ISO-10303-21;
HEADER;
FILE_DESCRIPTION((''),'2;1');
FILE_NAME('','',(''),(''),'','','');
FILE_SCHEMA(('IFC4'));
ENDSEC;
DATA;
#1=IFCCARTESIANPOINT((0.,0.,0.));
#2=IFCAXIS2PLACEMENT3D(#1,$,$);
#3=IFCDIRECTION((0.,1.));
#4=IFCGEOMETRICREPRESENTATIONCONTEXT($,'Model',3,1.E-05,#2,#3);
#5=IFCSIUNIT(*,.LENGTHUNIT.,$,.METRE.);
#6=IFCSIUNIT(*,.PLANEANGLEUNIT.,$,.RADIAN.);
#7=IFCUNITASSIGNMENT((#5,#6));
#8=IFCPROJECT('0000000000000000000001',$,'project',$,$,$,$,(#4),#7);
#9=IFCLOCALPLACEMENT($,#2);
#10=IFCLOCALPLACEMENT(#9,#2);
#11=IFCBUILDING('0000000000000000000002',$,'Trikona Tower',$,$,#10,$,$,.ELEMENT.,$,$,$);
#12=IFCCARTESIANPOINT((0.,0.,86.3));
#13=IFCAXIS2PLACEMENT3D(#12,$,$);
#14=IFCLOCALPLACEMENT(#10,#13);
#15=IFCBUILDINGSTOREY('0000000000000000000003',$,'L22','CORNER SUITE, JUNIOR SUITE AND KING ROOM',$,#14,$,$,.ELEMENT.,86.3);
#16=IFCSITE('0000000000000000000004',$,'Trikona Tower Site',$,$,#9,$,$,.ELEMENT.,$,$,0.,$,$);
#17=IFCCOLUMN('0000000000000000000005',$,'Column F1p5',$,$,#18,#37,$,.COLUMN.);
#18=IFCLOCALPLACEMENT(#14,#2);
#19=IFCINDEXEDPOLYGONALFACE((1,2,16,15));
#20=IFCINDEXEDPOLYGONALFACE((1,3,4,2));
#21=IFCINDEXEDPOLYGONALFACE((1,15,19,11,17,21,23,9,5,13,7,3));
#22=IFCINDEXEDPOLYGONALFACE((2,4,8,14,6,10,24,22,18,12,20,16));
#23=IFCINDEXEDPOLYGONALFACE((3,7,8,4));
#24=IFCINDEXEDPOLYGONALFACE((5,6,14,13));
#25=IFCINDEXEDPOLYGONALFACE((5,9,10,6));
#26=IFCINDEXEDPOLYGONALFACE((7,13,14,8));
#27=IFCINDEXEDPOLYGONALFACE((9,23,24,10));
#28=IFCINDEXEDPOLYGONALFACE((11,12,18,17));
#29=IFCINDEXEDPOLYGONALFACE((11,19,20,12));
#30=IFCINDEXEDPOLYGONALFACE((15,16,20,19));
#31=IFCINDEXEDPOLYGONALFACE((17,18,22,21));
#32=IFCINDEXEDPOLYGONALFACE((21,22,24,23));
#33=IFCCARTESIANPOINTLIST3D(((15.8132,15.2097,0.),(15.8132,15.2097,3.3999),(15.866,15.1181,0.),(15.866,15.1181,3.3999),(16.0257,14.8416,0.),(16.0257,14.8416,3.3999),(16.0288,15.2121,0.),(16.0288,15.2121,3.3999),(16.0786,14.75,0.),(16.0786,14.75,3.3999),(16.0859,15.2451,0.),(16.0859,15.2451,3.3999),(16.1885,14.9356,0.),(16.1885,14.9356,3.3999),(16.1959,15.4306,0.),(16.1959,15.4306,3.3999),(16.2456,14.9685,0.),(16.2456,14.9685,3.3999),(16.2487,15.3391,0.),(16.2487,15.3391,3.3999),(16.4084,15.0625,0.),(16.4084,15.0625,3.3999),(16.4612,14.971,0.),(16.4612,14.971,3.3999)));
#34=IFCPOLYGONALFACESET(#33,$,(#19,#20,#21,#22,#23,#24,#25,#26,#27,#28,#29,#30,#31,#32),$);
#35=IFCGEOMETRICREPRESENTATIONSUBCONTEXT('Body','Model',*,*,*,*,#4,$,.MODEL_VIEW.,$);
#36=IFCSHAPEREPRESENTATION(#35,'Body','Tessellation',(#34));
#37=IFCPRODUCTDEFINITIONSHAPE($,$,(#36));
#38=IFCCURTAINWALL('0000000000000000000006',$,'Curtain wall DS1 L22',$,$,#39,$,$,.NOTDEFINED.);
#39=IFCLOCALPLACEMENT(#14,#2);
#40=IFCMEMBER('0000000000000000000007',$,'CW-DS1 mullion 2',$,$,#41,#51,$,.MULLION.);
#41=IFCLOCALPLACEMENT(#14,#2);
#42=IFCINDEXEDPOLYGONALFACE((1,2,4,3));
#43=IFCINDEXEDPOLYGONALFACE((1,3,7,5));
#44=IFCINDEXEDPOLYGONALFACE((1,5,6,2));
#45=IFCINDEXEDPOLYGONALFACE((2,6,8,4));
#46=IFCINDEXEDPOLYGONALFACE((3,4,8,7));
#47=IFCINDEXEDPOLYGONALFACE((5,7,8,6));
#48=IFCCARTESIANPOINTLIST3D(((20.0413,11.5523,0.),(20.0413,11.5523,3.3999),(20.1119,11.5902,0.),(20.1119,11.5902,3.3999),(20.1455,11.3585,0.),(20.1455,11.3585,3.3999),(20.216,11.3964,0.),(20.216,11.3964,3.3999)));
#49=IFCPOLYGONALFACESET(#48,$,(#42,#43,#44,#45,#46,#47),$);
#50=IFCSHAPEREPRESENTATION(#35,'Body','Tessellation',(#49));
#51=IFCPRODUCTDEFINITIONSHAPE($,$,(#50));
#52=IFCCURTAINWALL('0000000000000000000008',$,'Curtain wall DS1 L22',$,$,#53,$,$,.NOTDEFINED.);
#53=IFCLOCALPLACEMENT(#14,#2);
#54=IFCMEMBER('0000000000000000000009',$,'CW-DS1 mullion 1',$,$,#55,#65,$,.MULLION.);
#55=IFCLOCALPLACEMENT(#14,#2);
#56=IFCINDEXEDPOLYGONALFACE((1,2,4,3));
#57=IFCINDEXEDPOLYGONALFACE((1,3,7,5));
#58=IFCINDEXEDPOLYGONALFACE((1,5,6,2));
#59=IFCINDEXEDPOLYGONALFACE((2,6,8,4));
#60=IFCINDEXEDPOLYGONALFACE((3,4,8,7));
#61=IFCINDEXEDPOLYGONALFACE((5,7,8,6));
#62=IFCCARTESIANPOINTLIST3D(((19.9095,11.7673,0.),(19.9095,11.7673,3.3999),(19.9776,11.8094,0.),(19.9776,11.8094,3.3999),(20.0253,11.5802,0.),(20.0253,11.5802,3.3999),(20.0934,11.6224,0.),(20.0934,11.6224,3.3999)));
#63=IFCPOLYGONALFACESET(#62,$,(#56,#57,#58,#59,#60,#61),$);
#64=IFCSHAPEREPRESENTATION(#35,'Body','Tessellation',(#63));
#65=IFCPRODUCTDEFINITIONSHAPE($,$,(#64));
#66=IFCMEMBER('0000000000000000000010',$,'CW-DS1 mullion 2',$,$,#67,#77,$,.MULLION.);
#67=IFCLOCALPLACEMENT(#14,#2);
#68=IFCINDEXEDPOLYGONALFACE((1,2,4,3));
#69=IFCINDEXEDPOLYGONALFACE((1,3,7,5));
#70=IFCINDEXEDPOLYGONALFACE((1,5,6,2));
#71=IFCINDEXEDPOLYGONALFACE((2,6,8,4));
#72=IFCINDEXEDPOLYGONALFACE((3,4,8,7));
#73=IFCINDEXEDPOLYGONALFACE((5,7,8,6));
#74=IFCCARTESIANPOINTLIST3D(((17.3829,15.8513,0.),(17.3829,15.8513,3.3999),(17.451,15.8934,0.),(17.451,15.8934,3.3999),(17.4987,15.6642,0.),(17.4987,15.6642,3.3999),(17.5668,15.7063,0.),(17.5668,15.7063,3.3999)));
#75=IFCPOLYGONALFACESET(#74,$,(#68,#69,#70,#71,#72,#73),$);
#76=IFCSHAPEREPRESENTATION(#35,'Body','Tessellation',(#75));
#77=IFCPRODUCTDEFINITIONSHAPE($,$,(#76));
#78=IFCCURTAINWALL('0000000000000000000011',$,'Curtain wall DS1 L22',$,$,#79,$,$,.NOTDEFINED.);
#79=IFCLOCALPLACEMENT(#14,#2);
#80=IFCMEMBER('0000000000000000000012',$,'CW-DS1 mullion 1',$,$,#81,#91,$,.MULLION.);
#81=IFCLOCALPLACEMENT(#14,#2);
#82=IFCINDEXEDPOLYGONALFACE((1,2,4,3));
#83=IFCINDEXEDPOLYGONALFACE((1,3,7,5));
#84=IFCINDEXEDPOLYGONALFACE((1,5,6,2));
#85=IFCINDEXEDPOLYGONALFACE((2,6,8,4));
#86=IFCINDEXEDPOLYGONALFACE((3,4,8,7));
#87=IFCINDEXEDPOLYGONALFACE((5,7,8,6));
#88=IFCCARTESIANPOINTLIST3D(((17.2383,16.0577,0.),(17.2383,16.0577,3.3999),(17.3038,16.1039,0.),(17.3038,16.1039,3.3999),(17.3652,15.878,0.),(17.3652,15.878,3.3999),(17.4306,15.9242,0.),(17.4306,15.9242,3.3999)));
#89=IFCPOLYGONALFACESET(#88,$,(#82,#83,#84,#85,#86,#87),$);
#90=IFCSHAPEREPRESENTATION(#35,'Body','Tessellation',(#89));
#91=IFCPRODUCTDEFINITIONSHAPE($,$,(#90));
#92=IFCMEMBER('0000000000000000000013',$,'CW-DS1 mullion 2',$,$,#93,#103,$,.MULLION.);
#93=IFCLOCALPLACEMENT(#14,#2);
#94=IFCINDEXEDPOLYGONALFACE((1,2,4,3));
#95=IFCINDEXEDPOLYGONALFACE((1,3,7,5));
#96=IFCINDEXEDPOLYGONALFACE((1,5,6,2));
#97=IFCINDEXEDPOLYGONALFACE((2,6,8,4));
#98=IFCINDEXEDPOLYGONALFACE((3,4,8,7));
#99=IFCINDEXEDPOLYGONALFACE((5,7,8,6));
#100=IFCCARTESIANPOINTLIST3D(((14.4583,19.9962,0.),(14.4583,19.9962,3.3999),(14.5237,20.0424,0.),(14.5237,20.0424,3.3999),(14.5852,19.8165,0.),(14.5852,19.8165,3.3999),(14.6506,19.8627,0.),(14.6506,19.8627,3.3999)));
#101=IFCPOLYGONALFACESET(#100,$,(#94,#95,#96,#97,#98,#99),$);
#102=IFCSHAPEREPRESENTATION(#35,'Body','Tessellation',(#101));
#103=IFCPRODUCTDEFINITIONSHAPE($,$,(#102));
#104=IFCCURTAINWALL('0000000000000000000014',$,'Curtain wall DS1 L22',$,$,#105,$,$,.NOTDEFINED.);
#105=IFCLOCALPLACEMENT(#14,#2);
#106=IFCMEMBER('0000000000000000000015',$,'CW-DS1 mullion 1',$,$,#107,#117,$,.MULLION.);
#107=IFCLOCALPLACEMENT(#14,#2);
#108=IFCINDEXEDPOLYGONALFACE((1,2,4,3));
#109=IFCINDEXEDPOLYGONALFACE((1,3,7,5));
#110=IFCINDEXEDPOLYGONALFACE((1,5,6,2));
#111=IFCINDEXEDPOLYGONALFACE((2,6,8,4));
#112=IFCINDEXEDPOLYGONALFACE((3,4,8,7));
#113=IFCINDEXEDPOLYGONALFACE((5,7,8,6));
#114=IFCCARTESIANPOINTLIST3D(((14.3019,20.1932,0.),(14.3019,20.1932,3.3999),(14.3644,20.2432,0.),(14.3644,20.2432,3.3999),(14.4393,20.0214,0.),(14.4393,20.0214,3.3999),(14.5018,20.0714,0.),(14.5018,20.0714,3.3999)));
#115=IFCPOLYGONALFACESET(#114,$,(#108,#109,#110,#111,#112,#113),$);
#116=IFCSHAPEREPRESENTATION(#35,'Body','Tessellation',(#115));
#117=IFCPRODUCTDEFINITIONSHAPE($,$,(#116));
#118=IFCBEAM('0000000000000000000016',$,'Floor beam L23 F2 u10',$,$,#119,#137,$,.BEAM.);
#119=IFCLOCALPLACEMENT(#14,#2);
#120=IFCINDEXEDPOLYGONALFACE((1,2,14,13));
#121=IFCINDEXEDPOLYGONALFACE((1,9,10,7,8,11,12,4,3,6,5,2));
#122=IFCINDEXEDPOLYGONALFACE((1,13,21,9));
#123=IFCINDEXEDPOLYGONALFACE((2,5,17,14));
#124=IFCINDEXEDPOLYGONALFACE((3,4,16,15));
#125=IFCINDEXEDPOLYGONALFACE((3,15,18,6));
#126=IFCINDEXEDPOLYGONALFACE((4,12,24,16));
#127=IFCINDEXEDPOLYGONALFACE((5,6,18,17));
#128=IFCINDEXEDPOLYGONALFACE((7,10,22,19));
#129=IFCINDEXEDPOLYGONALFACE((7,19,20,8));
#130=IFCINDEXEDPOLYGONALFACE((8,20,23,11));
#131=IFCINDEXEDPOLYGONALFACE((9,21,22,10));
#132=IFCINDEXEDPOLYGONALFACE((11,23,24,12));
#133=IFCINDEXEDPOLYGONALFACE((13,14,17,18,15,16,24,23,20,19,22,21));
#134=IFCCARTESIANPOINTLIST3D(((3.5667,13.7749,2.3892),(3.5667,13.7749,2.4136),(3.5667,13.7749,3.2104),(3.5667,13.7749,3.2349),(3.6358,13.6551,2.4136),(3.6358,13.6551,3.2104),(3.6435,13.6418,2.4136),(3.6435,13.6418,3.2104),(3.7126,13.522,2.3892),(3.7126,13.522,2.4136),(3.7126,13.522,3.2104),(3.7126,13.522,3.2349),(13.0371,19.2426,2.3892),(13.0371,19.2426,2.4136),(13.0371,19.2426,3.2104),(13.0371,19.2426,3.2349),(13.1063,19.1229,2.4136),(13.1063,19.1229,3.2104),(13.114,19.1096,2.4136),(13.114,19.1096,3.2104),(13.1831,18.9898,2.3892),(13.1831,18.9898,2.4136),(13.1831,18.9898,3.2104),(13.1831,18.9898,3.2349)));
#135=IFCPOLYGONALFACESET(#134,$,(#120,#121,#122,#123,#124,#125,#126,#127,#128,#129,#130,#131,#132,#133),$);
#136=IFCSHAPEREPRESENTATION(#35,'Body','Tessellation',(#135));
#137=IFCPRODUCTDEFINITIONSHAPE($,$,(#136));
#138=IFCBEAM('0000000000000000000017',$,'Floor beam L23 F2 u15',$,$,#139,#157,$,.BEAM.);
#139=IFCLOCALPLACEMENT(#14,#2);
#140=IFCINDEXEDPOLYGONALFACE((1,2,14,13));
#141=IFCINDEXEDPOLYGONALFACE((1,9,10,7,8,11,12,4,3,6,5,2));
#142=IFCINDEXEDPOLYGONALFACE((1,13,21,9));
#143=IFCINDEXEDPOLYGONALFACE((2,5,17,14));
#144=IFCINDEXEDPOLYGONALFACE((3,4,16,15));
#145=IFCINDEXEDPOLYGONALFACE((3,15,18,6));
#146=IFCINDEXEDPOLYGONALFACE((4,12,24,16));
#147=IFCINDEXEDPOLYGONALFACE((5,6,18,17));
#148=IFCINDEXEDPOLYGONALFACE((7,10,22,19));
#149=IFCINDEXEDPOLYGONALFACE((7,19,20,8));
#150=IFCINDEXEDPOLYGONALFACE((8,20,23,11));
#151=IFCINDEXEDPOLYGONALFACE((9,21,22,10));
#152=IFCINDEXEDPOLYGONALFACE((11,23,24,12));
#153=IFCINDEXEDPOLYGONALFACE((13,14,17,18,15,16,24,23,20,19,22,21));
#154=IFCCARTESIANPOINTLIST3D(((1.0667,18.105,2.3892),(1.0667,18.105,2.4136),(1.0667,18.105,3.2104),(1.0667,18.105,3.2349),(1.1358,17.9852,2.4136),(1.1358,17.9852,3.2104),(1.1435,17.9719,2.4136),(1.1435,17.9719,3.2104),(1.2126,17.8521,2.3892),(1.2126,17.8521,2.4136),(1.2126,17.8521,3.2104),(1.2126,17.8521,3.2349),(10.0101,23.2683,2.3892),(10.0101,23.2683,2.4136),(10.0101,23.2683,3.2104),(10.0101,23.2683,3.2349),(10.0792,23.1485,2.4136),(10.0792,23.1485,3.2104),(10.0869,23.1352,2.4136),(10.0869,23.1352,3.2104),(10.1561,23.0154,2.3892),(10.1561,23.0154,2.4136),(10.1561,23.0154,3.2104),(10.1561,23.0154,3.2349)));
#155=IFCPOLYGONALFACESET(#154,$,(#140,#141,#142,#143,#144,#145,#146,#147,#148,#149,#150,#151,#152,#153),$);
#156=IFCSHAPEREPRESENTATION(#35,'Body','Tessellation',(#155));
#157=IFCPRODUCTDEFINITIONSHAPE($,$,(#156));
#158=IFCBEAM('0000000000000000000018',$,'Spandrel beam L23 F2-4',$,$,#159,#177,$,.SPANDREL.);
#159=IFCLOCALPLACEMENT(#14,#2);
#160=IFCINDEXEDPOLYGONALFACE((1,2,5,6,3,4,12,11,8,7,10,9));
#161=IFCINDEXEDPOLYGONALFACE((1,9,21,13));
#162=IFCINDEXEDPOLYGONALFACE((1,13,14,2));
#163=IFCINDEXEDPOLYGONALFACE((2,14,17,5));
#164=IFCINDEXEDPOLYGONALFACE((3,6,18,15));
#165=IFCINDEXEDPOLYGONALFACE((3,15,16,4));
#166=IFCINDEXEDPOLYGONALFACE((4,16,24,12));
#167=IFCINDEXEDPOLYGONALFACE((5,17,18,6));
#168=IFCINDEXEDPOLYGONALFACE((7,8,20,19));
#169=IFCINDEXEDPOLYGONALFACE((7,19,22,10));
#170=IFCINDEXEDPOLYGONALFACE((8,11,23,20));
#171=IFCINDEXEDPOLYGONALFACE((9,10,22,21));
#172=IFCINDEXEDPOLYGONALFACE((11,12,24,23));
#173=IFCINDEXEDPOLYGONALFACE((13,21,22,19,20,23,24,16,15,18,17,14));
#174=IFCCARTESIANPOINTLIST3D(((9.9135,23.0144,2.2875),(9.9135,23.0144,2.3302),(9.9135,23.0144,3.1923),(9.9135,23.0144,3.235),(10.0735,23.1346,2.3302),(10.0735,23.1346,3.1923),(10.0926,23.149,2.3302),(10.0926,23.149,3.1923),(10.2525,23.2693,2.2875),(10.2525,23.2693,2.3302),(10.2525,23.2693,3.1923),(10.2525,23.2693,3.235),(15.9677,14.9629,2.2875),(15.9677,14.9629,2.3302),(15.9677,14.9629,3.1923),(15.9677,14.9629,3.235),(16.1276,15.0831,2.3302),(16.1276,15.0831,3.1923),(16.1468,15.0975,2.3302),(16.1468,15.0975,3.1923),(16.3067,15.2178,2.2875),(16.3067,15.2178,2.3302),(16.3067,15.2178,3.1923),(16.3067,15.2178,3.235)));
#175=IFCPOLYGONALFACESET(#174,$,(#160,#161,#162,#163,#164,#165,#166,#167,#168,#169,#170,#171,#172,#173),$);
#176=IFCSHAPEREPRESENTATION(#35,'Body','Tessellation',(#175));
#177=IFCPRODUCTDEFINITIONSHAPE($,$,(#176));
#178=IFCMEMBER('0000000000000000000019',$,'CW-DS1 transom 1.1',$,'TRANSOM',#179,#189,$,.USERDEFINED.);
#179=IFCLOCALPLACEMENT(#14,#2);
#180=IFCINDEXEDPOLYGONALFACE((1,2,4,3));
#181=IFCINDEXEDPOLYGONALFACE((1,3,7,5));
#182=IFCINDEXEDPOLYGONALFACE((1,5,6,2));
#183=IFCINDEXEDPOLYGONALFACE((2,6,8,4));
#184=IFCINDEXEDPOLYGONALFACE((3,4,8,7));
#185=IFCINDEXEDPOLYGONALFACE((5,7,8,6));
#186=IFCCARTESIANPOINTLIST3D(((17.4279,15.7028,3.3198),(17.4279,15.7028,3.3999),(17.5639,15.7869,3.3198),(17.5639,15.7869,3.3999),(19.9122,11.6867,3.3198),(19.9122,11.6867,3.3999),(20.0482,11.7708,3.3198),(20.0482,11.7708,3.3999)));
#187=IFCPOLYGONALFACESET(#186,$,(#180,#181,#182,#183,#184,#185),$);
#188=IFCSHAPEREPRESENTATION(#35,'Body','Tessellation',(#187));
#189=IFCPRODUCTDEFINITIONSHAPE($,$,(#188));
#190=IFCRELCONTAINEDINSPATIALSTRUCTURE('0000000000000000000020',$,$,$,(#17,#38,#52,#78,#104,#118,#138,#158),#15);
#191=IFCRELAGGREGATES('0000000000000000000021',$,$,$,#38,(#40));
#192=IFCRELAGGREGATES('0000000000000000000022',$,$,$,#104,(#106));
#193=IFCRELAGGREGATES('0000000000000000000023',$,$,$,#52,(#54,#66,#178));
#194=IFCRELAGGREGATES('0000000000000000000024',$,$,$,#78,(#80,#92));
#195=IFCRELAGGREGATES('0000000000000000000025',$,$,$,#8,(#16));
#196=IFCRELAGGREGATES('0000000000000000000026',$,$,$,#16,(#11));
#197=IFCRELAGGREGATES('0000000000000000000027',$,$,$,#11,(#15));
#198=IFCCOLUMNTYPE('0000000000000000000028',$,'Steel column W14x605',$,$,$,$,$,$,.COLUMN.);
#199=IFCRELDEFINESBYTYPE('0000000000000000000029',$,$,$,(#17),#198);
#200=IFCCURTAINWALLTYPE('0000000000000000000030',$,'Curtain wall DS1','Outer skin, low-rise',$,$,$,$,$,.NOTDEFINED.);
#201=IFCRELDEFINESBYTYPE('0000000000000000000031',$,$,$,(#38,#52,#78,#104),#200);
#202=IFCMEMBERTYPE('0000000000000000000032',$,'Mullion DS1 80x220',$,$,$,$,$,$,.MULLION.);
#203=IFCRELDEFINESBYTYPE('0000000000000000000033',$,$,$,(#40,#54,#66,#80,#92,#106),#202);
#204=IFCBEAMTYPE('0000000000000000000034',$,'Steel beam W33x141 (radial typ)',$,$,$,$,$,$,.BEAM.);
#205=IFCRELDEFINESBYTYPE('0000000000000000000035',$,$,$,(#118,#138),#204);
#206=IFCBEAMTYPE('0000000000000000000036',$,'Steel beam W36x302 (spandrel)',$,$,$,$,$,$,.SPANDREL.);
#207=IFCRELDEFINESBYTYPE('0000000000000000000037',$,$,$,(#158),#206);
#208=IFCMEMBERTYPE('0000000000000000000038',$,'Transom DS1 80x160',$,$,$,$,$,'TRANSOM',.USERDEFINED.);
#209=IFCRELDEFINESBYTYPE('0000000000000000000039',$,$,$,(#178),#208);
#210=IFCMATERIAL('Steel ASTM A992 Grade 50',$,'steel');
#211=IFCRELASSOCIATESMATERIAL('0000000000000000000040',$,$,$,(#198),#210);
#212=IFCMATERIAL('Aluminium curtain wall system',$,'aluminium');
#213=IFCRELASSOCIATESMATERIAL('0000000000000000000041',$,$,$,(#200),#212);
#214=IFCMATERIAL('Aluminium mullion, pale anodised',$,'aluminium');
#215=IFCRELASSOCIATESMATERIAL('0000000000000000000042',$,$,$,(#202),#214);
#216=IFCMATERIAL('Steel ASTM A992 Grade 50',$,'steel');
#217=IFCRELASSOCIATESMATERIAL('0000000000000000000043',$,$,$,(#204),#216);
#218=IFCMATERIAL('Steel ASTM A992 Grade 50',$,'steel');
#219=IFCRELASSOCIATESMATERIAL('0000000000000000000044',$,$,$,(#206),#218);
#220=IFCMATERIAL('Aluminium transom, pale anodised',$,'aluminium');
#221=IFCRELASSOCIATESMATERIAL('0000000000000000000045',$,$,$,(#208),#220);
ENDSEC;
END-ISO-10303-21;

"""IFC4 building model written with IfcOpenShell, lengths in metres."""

from ifc_helpers import new_model, si_unit, direction, frame, origin, origin_2d, place, context, subcontext, project, spatial, rectangle, i_section, extrude, material, material_profile, profile_set, type_object, element, aggregate, save


model = new_model("IFC4")

# Units and contexts
model_context = context("Model", 3, precision=1e-05, world=origin(), true_north=direction((0.0, 1.0)))
body_context = subcontext(model_context, "Body", "Model", "MODEL_VIEW")
ifc_project = project(units=[si_unit("LENGTHUNIT", "METRE"), si_unit("PLANEANGLEUNIT", "RADIAN")], contexts=[model_context])

# Site, building, storey
site_placement = place(None, origin())
site = spatial("IfcSite", under=ifc_project, at=site_placement, Name="Trikona Tower Site", CompositionType="ELEMENT", RefElevation=0.0)
building_placement = place(site_placement, origin())
building = spatial("IfcBuilding", under=site, at=building_placement, Name="Trikona Tower", CompositionType="ELEMENT")
storey_placement = place(building_placement, frame((0.0, 0.0, 86.3)))
storey = spatial("IfcBuildingStorey", under=building, at=storey_placement, Name="L22", Description="CORNER SUITE, JUNIOR SUITE AND KING ROOM", CompositionType="ELEMENT", Elevation=86.3)

# Column
ifc_material_1 = material(Name="Steel ASTM A992 Grade 50", Category="steel")
ifc_material_profile_1 = material_profile(ifc_material_1, i_section(OverallWidth=0.4419, OverallDepth=0.5308, WebThickness=0.0659, FlangeThickness=0.1057, at=origin_2d()), Name="W14X605")
ifc_profile_set_1 = profile_set([ifc_material_profile_1], Name="Steel ASTM A992 Grade 50")
column_type = type_object("IfcColumnType", Name="Steel column W14x605", PredefinedType="COLUMN", material=ifc_profile_set_1)
column_placement = place(storey_placement, frame((16.1372, 15.0903, 0.0), z_axis=(0.0, 0.0, 1.0), x_axis=(0.866025, 0.5, 0.0)))
element("IfcColumn", 1, at=column_placement, inside=storey, type_object=column_type, Name="Column F1p5", PredefinedType="COLUMN", context=body_context, shape_type="SweptSolid", body=[
    extrude(i_section(OverallWidth=0.4419, OverallDepth=0.5308, WebThickness=0.0659, FlangeThickness=0.1057, at=origin_2d()), origin(), (0.0, 0.0, 1.0), 3.3999),
])

# Curtain wall, member
ifc_material_2 = material(Name="Aluminium curtain wall system", Category="aluminium")
curtain_wall_type = type_object("IfcCurtainWallType", Name="Curtain wall DS1", Description="Outer skin, low-rise", PredefinedType="NOTDEFINED", material=ifc_material_2)
curtain_wall_1_placement = place(storey_placement, origin())
curtain_wall_1 = element("IfcCurtainWall", 2, at=curtain_wall_1_placement, inside=storey, type_object=curtain_wall_type, Name="Curtain wall DS1 L22", PredefinedType="NOTDEFINED")
ifc_material_3 = material(Name="Aluminium mullion, pale anodised", Category="aluminium")
ifc_material_profile_2 = material_profile(ifc_material_3, rectangle(XDim=0.0801, YDim=0.22, at=origin_2d()), Name="MUL-DS1")
ifc_profile_set_2 = profile_set([ifc_material_profile_2], Name="Aluminium mullion, pale anodised")
member_type_1 = type_object("IfcMemberType", Name="Mullion DS1 80x220", PredefinedType="MULLION", material=ifc_profile_set_2)
member_1_placement = place(storey_placement, frame((20.1287, 11.4744, 0.0), z_axis=(0.0, 0.0, 1.0), x_axis=(-0.880843, -0.473408, 0.0)))
member_1 = element("IfcMember", 3, at=member_1_placement, type_object=member_type_1, Name="CW-DS1 mullion 2", PredefinedType="MULLION", context=body_context, shape_type="SweptSolid", body=[
    extrude(rectangle(XDim=0.0801, YDim=0.22, at=origin_2d()), origin(), (0.0, 0.0, 1.0), 3.3999),
])
aggregate(curtain_wall_1, [member_1])

# Curtain walls, members
curtain_wall_2_placement = place(storey_placement, origin())
curtain_wall_2 = element("IfcCurtainWall", 4, at=curtain_wall_2_placement, inside=storey, type_object=curtain_wall_type, Name="Curtain wall DS1 L22", PredefinedType="NOTDEFINED")
member_2_placement = place(storey_placement, frame((20.0015, 11.6948, 0.0), z_axis=(0.0, 0.0, 1.0), x_axis=(-0.85041, -0.52612, 0.0)))
member_2 = element("IfcMember", 5, at=member_2_placement, type_object=member_type_1, Name="CW-DS1 mullion 1", PredefinedType="MULLION", context=body_context, shape_type="SweptSolid", body=[
    extrude(rectangle(XDim=0.0801, YDim=0.22, at=origin_2d()), origin(), (0.0, 0.0, 1.0), 3.3999),
])
member_3_placement = place(storey_placement, frame((17.4749, 15.7788, 0.0), z_axis=(0.0, 0.0, 1.0), x_axis=(-0.85041, -0.52612, 0.0)))
member_3 = element("IfcMember", 6, at=member_3_placement, type_object=member_type_1, Name="CW-DS1 mullion 2", PredefinedType="MULLION", context=body_context, shape_type="SweptSolid", body=[
    extrude(rectangle(XDim=0.0801, YDim=0.22, at=origin_2d()), origin(), (0.0, 0.0, 1.0), 3.3999),
])
curtain_wall_3_placement = place(storey_placement, origin())
curtain_wall_3 = element("IfcCurtainWall", 7, at=curtain_wall_3_placement, inside=storey, type_object=curtain_wall_type, Name="Curtain wall DS1 L22", PredefinedType="NOTDEFINED")
member_4_placement = place(storey_placement, frame((17.3345, 15.991, 0.0), z_axis=(0.0, 0.0, 1.0), x_axis=(-0.816985, -0.576658, 0.0)))
member_4 = element("IfcMember", 8, at=member_4_placement, type_object=member_type_1, Name="CW-DS1 mullion 1", PredefinedType="MULLION", context=body_context, shape_type="SweptSolid", body=[
    extrude(rectangle(XDim=0.0801, YDim=0.22, at=origin_2d()), origin(), (0.0, 0.0, 1.0), 3.3999),
])
member_5_placement = place(storey_placement, frame((14.5544, 19.9294, 0.0), z_axis=(0.0, 0.0, 1.0), x_axis=(-0.816985, -0.576658, 0.0)))
member_5 = element("IfcMember", 9, at=member_5_placement, type_object=member_type_1, Name="CW-DS1 mullion 2", PredefinedType="MULLION", context=body_context, shape_type="SweptSolid", body=[
    extrude(rectangle(XDim=0.0801, YDim=0.22, at=origin_2d()), origin(), (0.0, 0.0, 1.0), 3.3999),
])

# Curtain wall, member
curtain_wall_4_placement = place(storey_placement, origin())
curtain_wall_4 = element("IfcCurtainWall", 10, at=curtain_wall_4_placement, inside=storey, type_object=curtain_wall_type, Name="Curtain wall DS1 L22", PredefinedType="NOTDEFINED")
member_6_placement = place(storey_placement, frame((14.4019, 20.1323, 0.0), z_axis=(0.0, 0.0, 1.0), x_axis=(-0.780938, -0.624609, 0.0)))
member_6 = element("IfcMember", 11, at=member_6_placement, type_object=member_type_1, Name="CW-DS1 mullion 1", PredefinedType="MULLION", context=body_context, shape_type="SweptSolid", body=[
    extrude(rectangle(XDim=0.0801, YDim=0.22, at=origin_2d()), origin(), (0.0, 0.0, 1.0), 3.3999),
])
aggregate(curtain_wall_4, [member_6])

# Beams
ifc_material_4 = material(Name="Steel ASTM A992 Grade 50", Category="steel")
ifc_material_profile_3 = material_profile(ifc_material_4, i_section(OverallWidth=0.292, OverallDepth=0.8457, WebThickness=0.0154, FlangeThickness=0.0244, at=origin_2d()), Name="W33X141")
ifc_profile_set_3 = profile_set([ifc_material_profile_3], Name="Steel ASTM A992 Grade 50")
beam_type_1 = type_object("IfcBeamType", Name="Steel beam W33x141 (radial typ)", PredefinedType="BEAM", material=ifc_profile_set_3)
beam_1_placement = place(storey_placement, frame((3.6396, 13.6484, 2.812), z_axis=(0.866025, 0.5, 0.0), x_axis=(-0.5, 0.866025, 0.0)))
element("IfcBeam", 12, at=beam_1_placement, inside=storey, type_object=beam_type_1, Name="Floor beam L23 F2 u10", PredefinedType="BEAM", context=body_context, shape_type="SweptSolid", body=[
    extrude(i_section(OverallWidth=0.292, OverallDepth=0.8457, WebThickness=0.0154, FlangeThickness=0.0244, at=origin_2d()), origin(), (0.0, 0.0, 1.0), 10.9355),
])
beam_2_placement = place(storey_placement, frame((1.1396, 17.9785, 2.812), z_axis=(0.86603, 0.499991, 0.0), x_axis=(-0.499991, 0.86603, 0.0)))
element("IfcBeam", 13, at=beam_2_placement, inside=storey, type_object=beam_type_1, Name="Floor beam L23 F2 u15", PredefinedType="BEAM", context=body_context, shape_type="SweptSolid", body=[
    extrude(i_section(OverallWidth=0.292, OverallDepth=0.8457, WebThickness=0.0154, FlangeThickness=0.0244, at=origin_2d()), origin(), (0.0, 0.0, 1.0), 10.3269),
])
ifc_material_5 = material(Name="Steel ASTM A992 Grade 50", Category="steel")
ifc_material_profile_4 = material_profile(ifc_material_5, i_section(OverallWidth=0.4241, OverallDepth=0.9475, WebThickness=0.0239, FlangeThickness=0.0427, at=origin_2d()), Name="W36X302")
ifc_profile_set_4 = profile_set([ifc_material_profile_4], Name="Steel ASTM A992 Grade 50")
beam_type_2 = type_object("IfcBeamType", Name="Steel beam W36x302 (spandrel)", PredefinedType="SPANDREL", material=ifc_profile_set_4)
beam_3_placement = place(storey_placement, frame((16.1372, 15.0903, 2.7612), z_axis=(-0.600988, 0.799258, 0.0), x_axis=(-0.799258, -0.600988, 0.0)))
element("IfcBeam", 14, at=beam_3_placement, inside=storey, type_object=beam_type_2, Name="Spandrel beam L23 F2-4", PredefinedType="SPANDREL", context=body_context, shape_type="SweptSolid", body=[
    extrude(i_section(OverallWidth=0.4241, OverallDepth=0.9475, WebThickness=0.0239, FlangeThickness=0.0427, at=origin_2d()), origin(), (0.0, 0.0, 1.0), 10.0737),
])

# Member
ifc_material_6 = material(Name="Aluminium transom, pale anodised", Category="aluminium")
ifc_material_profile_5 = material_profile(ifc_material_6, rectangle(XDim=0.1599, YDim=0.0801, at=origin_2d()), Name="TRN-DS1")
ifc_profile_set_5 = profile_set([ifc_material_profile_5], Name="Aluminium transom, pale anodised")
member_type_2 = type_object("IfcMemberType", Name="Transom DS1 80x160", ElementType="TRANSOM", PredefinedType="USERDEFINED", material=ifc_profile_set_5)
member_7_placement = place(storey_placement, frame((19.9802, 11.7288, 3.3599), z_axis=(-0.526081, 0.850435, 0.0), x_axis=(-0.850435, -0.526081, 0.0)))
member_7 = element("IfcMember", 15, at=member_7_placement, type_object=member_type_2, Name="CW-DS1 transom 1.1", ObjectType="TRANSOM", PredefinedType="USERDEFINED", context=body_context, shape_type="SweptSolid", body=[
    extrude(rectangle(XDim=0.1599, YDim=0.0801, at=origin_2d()), origin(), (0.0, 0.0, 1.0), 4.7224),
])

aggregate(curtain_wall_2, [member_2, member_3, member_7])
aggregate(curtain_wall_3, [member_4, member_5])

save(model, "model.ifc")
